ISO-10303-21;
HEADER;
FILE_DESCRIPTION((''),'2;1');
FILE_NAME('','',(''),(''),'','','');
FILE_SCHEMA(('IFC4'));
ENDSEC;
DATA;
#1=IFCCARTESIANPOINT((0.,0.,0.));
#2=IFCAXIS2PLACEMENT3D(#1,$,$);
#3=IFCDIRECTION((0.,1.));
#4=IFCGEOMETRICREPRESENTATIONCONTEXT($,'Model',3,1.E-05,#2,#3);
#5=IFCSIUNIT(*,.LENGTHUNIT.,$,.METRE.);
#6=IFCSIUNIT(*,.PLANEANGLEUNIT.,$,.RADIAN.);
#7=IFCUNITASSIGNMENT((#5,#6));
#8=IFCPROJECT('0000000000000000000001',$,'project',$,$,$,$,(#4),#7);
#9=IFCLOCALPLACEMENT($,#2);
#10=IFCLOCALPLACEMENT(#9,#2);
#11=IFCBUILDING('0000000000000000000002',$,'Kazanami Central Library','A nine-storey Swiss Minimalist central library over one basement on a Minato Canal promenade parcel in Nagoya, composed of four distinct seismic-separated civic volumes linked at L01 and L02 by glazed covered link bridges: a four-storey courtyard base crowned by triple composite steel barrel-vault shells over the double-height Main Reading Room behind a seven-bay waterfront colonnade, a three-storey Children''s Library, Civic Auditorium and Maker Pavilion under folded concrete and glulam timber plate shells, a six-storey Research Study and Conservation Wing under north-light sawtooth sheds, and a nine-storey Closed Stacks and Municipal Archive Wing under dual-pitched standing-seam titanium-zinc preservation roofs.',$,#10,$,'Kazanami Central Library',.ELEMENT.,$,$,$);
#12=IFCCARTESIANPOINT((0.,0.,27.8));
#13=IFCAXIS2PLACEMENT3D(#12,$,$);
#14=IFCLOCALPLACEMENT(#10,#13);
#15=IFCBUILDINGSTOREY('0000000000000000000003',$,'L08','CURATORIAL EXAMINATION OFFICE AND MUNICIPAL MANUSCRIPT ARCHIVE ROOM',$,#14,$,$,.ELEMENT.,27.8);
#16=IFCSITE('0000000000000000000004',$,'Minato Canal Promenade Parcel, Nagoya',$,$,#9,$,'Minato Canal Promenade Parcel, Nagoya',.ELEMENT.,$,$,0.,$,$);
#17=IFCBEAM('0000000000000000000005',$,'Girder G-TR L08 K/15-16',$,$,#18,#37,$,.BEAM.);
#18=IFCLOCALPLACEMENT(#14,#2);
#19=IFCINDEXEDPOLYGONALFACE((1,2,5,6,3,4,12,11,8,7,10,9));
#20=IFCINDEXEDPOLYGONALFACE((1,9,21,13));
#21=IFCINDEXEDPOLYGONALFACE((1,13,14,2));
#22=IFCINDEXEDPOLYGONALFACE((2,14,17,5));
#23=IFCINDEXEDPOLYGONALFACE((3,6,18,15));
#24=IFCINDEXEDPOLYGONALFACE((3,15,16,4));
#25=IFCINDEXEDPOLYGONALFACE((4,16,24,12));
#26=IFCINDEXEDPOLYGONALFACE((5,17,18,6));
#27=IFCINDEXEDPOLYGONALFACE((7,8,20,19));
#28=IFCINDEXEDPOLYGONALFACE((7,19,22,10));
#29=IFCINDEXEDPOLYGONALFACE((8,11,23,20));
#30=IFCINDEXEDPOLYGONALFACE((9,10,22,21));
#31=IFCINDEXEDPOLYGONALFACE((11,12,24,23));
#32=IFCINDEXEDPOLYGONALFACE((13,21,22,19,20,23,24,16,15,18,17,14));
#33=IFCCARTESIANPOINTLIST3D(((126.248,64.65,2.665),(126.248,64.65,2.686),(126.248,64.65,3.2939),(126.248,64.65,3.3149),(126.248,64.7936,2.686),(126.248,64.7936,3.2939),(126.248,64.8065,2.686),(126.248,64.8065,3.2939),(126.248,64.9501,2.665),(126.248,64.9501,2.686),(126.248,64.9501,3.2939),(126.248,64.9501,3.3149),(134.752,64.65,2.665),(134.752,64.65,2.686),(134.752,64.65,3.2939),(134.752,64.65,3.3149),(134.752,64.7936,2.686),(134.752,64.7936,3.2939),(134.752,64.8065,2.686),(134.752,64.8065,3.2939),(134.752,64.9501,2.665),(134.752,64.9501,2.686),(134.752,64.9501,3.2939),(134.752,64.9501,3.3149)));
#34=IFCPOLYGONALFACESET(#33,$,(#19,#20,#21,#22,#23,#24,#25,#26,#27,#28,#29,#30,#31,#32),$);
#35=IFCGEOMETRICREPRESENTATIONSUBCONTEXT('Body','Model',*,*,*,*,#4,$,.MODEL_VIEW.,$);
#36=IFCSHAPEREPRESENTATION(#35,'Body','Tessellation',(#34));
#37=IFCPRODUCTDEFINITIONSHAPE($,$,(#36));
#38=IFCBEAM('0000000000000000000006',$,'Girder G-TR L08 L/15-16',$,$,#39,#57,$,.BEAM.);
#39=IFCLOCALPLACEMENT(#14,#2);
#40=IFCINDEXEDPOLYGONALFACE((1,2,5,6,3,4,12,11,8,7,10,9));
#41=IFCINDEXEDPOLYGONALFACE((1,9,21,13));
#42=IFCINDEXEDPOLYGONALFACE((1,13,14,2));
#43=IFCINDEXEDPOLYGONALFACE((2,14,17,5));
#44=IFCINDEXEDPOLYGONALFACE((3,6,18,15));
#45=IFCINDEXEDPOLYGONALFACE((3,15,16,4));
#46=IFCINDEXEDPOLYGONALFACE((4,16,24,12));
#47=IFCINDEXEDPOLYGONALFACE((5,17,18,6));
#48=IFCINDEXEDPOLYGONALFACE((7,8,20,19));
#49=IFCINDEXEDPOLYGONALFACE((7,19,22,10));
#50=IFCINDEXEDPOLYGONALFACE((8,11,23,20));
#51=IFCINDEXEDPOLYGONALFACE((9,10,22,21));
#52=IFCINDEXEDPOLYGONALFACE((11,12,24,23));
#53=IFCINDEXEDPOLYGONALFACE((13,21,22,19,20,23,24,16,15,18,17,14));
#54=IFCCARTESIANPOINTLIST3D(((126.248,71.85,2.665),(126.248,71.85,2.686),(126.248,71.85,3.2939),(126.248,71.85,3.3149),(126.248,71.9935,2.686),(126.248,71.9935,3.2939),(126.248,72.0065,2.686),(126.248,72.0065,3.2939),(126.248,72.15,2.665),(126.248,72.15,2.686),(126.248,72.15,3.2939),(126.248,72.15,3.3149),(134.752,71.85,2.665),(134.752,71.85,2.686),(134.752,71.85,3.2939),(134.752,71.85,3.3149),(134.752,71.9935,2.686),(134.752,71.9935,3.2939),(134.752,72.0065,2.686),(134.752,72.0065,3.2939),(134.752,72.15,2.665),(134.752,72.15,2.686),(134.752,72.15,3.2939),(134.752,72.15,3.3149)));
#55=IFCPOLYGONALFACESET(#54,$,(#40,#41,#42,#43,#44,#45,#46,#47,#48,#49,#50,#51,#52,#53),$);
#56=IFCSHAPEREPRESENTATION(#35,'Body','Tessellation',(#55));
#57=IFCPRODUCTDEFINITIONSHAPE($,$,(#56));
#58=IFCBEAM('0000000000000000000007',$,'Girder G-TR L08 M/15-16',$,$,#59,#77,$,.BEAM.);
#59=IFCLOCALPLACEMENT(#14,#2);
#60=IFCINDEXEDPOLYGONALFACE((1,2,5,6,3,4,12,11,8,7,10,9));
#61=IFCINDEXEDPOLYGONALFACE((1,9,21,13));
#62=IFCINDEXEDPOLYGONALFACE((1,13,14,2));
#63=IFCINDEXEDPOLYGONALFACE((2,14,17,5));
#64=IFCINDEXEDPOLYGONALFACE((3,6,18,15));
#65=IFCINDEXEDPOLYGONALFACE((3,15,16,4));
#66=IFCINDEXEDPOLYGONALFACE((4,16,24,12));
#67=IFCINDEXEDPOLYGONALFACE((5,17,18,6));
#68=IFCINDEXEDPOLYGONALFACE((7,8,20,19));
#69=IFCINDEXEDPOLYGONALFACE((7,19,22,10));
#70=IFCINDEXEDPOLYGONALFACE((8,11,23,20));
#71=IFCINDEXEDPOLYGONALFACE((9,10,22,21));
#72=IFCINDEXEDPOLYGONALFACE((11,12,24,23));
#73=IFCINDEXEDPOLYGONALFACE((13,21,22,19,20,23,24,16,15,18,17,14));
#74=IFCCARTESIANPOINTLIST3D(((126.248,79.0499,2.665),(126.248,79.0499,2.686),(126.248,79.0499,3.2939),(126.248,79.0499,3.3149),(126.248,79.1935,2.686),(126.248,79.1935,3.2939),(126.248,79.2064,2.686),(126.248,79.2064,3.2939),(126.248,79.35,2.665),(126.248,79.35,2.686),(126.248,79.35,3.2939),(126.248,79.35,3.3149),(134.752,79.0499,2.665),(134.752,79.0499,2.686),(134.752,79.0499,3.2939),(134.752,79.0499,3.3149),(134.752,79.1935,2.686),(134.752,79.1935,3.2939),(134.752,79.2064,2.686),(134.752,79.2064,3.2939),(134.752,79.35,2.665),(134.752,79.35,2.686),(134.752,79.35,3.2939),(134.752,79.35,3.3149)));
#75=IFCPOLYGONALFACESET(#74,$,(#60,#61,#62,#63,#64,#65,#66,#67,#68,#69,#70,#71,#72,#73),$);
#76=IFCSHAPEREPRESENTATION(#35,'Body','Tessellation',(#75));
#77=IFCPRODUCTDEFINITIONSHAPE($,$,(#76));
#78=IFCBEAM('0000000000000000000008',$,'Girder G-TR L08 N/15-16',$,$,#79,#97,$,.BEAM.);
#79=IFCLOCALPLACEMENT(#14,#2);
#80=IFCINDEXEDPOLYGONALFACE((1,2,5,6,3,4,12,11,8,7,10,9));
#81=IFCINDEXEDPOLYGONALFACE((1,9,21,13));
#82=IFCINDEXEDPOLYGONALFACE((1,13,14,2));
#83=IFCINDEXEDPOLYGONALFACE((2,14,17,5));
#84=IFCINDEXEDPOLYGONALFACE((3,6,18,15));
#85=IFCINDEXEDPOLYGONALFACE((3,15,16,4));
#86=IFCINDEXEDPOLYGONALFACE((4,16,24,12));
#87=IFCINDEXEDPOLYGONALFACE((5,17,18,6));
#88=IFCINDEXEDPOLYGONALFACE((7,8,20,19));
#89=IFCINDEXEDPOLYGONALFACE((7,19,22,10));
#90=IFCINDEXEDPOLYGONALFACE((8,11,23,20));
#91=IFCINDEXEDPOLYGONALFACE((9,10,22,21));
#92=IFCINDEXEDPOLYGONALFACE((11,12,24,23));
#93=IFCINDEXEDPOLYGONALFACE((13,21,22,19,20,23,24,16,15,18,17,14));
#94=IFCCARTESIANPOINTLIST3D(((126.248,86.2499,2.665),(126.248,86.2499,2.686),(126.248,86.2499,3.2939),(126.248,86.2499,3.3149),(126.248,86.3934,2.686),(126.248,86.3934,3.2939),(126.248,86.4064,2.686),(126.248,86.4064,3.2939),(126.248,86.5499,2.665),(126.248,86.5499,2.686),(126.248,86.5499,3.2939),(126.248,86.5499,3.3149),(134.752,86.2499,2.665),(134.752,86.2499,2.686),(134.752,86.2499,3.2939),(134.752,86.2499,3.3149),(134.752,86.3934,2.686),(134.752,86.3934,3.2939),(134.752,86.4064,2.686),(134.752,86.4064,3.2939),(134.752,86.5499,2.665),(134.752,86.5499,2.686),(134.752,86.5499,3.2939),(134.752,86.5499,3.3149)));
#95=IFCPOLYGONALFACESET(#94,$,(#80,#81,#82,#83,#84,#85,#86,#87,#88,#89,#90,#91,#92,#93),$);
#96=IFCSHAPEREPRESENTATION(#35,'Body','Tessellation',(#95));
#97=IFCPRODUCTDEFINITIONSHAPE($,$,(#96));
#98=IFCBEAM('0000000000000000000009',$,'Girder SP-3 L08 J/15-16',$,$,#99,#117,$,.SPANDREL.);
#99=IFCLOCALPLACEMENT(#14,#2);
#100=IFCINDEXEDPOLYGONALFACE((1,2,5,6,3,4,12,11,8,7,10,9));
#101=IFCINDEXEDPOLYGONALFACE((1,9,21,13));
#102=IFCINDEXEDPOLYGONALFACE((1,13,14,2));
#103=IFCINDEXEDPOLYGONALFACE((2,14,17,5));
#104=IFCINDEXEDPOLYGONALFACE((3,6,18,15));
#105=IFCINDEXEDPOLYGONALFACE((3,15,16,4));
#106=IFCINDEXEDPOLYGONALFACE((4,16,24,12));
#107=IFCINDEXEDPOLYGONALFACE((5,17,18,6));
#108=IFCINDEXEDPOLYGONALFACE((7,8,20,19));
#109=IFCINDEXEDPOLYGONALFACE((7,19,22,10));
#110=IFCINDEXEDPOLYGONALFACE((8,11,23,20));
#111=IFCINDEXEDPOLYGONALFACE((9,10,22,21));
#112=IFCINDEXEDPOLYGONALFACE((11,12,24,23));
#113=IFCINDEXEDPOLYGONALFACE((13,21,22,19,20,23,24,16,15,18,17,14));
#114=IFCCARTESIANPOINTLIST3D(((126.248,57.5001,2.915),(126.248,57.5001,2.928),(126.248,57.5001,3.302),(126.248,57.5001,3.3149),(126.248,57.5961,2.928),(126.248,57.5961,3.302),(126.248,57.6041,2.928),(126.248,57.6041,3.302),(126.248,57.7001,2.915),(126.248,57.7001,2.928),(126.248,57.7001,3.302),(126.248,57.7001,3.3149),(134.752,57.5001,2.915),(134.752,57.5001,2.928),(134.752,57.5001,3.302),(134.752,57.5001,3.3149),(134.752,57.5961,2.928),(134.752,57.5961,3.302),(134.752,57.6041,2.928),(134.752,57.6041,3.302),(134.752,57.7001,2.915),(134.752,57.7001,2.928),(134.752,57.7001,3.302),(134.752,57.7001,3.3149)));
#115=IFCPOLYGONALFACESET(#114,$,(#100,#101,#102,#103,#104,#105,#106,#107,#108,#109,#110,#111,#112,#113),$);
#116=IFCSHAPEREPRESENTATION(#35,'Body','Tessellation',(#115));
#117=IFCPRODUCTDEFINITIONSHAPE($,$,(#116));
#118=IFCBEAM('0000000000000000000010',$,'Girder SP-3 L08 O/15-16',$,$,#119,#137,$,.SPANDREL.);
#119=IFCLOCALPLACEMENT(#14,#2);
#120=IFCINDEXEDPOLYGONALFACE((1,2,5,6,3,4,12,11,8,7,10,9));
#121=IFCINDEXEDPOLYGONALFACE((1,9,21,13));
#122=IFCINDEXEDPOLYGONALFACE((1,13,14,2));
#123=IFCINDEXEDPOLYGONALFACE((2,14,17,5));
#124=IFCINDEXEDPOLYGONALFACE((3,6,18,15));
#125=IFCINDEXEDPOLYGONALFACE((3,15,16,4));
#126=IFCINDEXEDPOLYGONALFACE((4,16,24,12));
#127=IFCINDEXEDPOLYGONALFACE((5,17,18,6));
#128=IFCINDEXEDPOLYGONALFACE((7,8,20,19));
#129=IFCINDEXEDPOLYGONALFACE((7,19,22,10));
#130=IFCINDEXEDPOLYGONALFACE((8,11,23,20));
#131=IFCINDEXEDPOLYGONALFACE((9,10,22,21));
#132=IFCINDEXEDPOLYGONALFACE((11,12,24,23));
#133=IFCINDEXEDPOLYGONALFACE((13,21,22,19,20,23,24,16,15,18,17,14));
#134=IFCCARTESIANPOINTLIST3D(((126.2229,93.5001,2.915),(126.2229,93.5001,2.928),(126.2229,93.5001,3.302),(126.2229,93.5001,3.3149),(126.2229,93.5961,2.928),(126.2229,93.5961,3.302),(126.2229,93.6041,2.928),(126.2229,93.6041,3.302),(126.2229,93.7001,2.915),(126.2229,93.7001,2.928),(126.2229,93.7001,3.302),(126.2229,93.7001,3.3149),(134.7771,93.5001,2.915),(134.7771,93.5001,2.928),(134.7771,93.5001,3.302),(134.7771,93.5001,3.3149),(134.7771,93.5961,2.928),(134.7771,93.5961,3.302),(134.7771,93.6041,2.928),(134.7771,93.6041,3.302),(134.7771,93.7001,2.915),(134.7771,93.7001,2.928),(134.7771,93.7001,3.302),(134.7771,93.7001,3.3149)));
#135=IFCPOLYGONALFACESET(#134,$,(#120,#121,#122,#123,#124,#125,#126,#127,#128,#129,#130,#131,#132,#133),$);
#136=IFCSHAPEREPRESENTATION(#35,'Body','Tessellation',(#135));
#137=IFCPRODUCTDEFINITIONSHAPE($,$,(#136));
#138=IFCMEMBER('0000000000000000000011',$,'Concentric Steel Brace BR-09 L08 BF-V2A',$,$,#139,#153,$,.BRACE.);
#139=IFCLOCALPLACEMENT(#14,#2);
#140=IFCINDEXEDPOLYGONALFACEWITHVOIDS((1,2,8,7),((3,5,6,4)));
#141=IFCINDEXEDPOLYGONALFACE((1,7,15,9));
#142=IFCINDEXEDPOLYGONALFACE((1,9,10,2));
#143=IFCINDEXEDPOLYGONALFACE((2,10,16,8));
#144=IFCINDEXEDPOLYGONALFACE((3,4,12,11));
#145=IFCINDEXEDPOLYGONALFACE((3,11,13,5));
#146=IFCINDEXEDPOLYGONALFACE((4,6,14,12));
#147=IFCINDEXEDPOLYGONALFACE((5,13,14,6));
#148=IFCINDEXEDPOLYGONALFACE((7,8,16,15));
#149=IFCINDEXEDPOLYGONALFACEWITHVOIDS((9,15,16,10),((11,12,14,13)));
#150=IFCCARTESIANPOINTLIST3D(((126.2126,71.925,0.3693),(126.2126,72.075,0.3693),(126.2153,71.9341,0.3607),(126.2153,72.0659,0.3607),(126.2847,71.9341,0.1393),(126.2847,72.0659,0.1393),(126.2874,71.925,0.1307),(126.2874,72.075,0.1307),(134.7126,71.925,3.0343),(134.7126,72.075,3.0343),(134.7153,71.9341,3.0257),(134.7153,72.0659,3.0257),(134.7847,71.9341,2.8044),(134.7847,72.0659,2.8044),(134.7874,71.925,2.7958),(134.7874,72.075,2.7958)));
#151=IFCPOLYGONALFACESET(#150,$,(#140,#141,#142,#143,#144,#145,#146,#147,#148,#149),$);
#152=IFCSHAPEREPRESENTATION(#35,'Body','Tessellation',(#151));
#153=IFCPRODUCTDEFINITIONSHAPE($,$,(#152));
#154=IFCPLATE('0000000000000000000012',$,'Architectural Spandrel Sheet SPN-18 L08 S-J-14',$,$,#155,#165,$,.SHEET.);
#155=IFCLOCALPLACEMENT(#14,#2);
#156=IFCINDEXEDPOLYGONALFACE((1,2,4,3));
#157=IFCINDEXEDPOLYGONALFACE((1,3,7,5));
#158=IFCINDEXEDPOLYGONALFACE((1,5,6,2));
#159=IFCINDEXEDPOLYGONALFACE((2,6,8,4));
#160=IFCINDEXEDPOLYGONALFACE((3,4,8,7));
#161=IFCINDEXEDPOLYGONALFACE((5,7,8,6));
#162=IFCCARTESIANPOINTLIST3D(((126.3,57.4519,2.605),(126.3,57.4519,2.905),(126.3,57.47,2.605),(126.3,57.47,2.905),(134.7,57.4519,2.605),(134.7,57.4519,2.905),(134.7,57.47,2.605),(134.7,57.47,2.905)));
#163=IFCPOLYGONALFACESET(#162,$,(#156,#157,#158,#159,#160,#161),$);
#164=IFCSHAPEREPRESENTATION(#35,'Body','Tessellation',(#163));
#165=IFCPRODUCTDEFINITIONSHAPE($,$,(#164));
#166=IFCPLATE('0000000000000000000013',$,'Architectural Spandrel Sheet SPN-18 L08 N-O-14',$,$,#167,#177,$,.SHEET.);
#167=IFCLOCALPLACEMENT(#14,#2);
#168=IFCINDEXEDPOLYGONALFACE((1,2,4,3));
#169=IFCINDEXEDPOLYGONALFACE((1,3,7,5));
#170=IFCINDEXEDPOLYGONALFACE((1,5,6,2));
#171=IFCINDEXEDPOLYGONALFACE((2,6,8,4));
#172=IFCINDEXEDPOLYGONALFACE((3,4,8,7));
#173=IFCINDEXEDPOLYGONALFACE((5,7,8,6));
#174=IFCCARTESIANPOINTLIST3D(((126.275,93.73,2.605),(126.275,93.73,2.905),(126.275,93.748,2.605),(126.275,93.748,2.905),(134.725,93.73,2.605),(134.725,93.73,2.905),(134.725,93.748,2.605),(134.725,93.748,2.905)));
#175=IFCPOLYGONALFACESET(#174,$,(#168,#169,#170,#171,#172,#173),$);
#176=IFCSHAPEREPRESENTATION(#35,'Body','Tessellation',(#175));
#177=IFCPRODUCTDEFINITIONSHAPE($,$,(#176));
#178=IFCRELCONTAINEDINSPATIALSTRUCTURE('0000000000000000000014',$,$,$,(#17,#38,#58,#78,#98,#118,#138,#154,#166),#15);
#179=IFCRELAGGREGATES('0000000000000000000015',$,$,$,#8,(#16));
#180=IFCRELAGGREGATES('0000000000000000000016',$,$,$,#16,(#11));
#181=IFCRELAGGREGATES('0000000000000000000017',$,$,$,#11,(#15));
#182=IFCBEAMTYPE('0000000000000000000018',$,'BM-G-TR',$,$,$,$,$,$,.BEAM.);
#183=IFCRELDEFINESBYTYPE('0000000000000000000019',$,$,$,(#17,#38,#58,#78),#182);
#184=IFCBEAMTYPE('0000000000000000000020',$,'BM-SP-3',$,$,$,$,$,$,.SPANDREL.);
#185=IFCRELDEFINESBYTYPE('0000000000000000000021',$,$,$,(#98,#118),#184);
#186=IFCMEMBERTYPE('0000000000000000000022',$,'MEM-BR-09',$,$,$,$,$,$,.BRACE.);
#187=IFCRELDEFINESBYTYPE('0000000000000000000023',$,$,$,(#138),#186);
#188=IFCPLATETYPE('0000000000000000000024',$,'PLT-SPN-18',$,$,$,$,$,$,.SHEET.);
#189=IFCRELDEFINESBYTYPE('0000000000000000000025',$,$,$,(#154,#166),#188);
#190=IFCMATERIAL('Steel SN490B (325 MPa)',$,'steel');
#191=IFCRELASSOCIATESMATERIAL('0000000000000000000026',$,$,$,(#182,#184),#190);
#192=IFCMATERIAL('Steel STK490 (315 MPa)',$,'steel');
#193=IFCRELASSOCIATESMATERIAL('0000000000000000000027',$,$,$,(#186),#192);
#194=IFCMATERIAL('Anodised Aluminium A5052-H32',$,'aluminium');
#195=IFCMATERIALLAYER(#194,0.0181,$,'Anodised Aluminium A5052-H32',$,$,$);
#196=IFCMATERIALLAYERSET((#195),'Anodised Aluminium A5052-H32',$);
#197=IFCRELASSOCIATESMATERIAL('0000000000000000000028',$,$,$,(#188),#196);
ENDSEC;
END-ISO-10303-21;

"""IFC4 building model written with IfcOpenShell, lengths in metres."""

from ifc_helpers import new_model, si_unit, direction, frame, origin, origin_2d, place, context, subcontext, project, spatial, rectangle, hollow_rectangle, i_section, extrude, material, layer, layer_set, material_profile, profile_set, type_object, element, save


model = new_model("IFC4")

# Units and contexts
model_context = context("Model", 3, precision=1e-05, world=origin(), true_north=direction((0.0, 1.0)))
body_context = subcontext(model_context, "Body", "Model", "MODEL_VIEW")
ifc_project = project(units=[si_unit("LENGTHUNIT", "METRE"), si_unit("PLANEANGLEUNIT", "RADIAN")], contexts=[model_context])

# Site, building, storey
site_placement = place(None, origin())
site = spatial("IfcSite", under=ifc_project, at=site_placement, Name="Minato Canal Promenade Parcel, Nagoya", LongName="Minato Canal Promenade Parcel, Nagoya", CompositionType="ELEMENT", RefElevation=0.0)
building_placement = place(site_placement, origin())
building = spatial("IfcBuilding", under=site, at=building_placement, Name="Kazanami Central Library", Description="A nine-storey Swiss Minimalist central library over one basement on a Minato Canal promenade parcel in Nagoya, composed of four distinct seismic-separated civic volumes linked at L01 and L02 by glazed covered link bridges: a four-storey courtyard base crowned by triple composite steel barrel-vault shells over the double-height Main Reading Room behind a seven-bay waterfront colonnade, a three-storey Children's Library, Civic Auditorium and Maker Pavilion under folded concrete and glulam timber plate shells, a six-storey Research Study and Conservation Wing under north-light sawtooth sheds, and a nine-storey Closed Stacks and Municipal Archive Wing under dual-pitched standing-seam titanium-zinc preservation roofs.", LongName="Kazanami Central Library", CompositionType="ELEMENT")
storey_placement = place(building_placement, frame((0.0, 0.0, 27.8)))
storey = spatial("IfcBuildingStorey", under=building, at=storey_placement, Name="L08", Description="CURATORIAL EXAMINATION OFFICE AND MUNICIPAL MANUSCRIPT ARCHIVE ROOM", CompositionType="ELEMENT", Elevation=27.8)

# Beams
ifc_material_1 = material(Name="Steel SN490B (325 MPa)", Category="steel")
ifc_material_profile_1 = material_profile(ifc_material_1, i_section(OverallWidth=0.3, OverallDepth=0.6499, WebThickness=0.0129, FlangeThickness=0.021, at=origin_2d()), Name="H-650x300x13x21")
ifc_profile_set_1 = profile_set([ifc_material_profile_1], Name="Steel SN490B (325 MPa)")
beam_type_1 = type_object("IfcBeamType", Name="BM-G-TR", PredefinedType="BEAM", material=ifc_profile_set_1)
for number, where, z_axis, x_axis, name in (
    (1, (126.248, 64.8, 2.99), (1.0, 0.0, 0.0), (0.0, 1.0, 0.0), "Girder G-TR L08 K/15-16"),
    (2, (126.248, 72.0, 2.99), (1.0, 0.0, 0.0), (0.0, 1.0, 0.0), "Girder G-TR L08 L/15-16"),
    (3, (126.248, 79.2, 2.99), (1.0, 0.0, 0.0), (0.0, 1.0, 0.0), "Girder G-TR L08 M/15-16"),
    (4, (126.248, 86.3999, 2.99), (1.0, 0.0, 0.0), (0.0, 1.0, 0.0), "Girder G-TR L08 N/15-16"),
):
    element("IfcBeam", number, at=place(storey_placement, frame(where, z_axis=z_axis, x_axis=x_axis)), inside=storey, type_object=beam_type_1, Name=name, PredefinedType="BEAM", context=body_context, shape_type="SweptSolid", body=[
        extrude(i_section(OverallWidth=0.3, OverallDepth=0.6499, WebThickness=0.0129, FlangeThickness=0.021, at=origin_2d()), origin(), (0.0, 0.0, 1.0), 8.5039),
    ])
ifc_material_profile_2 = material_profile(ifc_material_1, i_section(OverallWidth=0.2, OverallDepth=0.3999, WebThickness=0.0081, FlangeThickness=0.0129, at=origin_2d()), Name="H-400x200x8x13")
ifc_profile_set_2 = profile_set([ifc_material_profile_2], Name="Steel SN490B (325 MPa)")
beam_type_2 = type_object("IfcBeamType", Name="BM-SP-3", PredefinedType="SPANDREL", material=ifc_profile_set_2)
beam_1_placement = place(storey_placement, frame((126.248, 57.6001, 3.115), z_axis=(1.0, 0.0, 0.0), x_axis=(0.0, 1.0, 0.0)))
element("IfcBeam", 5, at=beam_1_placement, inside=storey, type_object=beam_type_2, Name="Girder SP-3 L08 J/15-16", PredefinedType="SPANDREL", context=body_context, shape_type="SweptSolid", body=[
    extrude(i_section(OverallWidth=0.2, OverallDepth=0.3999, WebThickness=0.0081, FlangeThickness=0.0129, at=origin_2d()), origin(), (0.0, 0.0, 1.0), 8.5039),
])
beam_2_placement = place(storey_placement, frame((126.2229, 93.6001, 3.115), z_axis=(1.0, 0.0, 0.0), x_axis=(0.0, 1.0, 0.0)))
element("IfcBeam", 6, at=beam_2_placement, inside=storey, type_object=beam_type_2, Name="Girder SP-3 L08 O/15-16", PredefinedType="SPANDREL", context=body_context, shape_type="SweptSolid", body=[
    extrude(i_section(OverallWidth=0.2, OverallDepth=0.3999, WebThickness=0.0081, FlangeThickness=0.0129, at=origin_2d()), origin(), (0.0, 0.0, 1.0), 8.5542),
])

# Member
ifc_material_2 = material(Name="Steel STK490 (315 MPa)", Category="steel")
ifc_material_profile_3 = material_profile(ifc_material_2, hollow_rectangle(XDim=0.1499, YDim=0.25, WallThickness=0.009, at=origin_2d()), Name="STKR-250x150x9")
ifc_profile_set_3 = profile_set([ifc_material_profile_3], Name="Steel STK490 (315 MPa)")
member_type = type_object("IfcMemberType", Name="MEM-BR-09", PredefinedType="BRACE", material=ifc_profile_set_3)
member_placement = place(storey_placement, frame((126.25, 72.0, 0.25), z_axis=(0.954199, 0.0, 0.299174), x_axis=(0.0, 1.0, 0.0)))
element("IfcMember", 7, at=member_placement, inside=storey, type_object=member_type, Name="Concentric Steel Brace BR-09 L08 BF-V2A", PredefinedType="BRACE", context=body_context, shape_type="SweptSolid", body=[
    extrude(hollow_rectangle(XDim=0.1499, YDim=0.25, WallThickness=0.009, at=origin_2d()), origin(), (0.0, 0.0, 1.0), 8.908),
])

# Plates
ifc_material_3 = material(Name="Anodised Aluminium A5052-H32", Category="aluminium")
ifc_layer_1 = layer(ifc_material_3, 0.0181, Name="Anodised Aluminium A5052-H32")
ifc_layer_set_1 = layer_set([ifc_layer_1], Name="Anodised Aluminium A5052-H32")
plate_type = type_object("IfcPlateType", Name="PLT-SPN-18", PredefinedType="SHEET", material=ifc_layer_set_1)
plate_1_placement = place(storey_placement, frame((130.5, 57.4609, 2.605), z_axis=(0.0, 0.0, 1.0), x_axis=(1.0, 0.0, 0.0)))
element("IfcPlate", 8, at=plate_1_placement, inside=storey, type_object=plate_type, Name="Architectural Spandrel Sheet SPN-18 L08 S-J-14", PredefinedType="SHEET", context=body_context, shape_type="SweptSolid", body=[
    extrude(rectangle(XDim=8.3999, YDim=0.0181, at=origin_2d()), origin(), (0.0, 0.0, 1.0), 0.3),
])
plate_2_placement = place(storey_placement, frame((130.5, 93.739, 2.605), z_axis=(0.0, 0.0, 1.0), x_axis=(-1.0, 0.0, 0.0)))
element("IfcPlate", 9, at=plate_2_placement, inside=storey, type_object=plate_type, Name="Architectural Spandrel Sheet SPN-18 L08 N-O-14", PredefinedType="SHEET", context=body_context, shape_type="SweptSolid", body=[
    extrude(rectangle(XDim=8.45, YDim=0.0181, at=origin_2d()), origin(), (0.0, 0.0, 1.0), 0.3),
])

save(model, "model.ifc")
